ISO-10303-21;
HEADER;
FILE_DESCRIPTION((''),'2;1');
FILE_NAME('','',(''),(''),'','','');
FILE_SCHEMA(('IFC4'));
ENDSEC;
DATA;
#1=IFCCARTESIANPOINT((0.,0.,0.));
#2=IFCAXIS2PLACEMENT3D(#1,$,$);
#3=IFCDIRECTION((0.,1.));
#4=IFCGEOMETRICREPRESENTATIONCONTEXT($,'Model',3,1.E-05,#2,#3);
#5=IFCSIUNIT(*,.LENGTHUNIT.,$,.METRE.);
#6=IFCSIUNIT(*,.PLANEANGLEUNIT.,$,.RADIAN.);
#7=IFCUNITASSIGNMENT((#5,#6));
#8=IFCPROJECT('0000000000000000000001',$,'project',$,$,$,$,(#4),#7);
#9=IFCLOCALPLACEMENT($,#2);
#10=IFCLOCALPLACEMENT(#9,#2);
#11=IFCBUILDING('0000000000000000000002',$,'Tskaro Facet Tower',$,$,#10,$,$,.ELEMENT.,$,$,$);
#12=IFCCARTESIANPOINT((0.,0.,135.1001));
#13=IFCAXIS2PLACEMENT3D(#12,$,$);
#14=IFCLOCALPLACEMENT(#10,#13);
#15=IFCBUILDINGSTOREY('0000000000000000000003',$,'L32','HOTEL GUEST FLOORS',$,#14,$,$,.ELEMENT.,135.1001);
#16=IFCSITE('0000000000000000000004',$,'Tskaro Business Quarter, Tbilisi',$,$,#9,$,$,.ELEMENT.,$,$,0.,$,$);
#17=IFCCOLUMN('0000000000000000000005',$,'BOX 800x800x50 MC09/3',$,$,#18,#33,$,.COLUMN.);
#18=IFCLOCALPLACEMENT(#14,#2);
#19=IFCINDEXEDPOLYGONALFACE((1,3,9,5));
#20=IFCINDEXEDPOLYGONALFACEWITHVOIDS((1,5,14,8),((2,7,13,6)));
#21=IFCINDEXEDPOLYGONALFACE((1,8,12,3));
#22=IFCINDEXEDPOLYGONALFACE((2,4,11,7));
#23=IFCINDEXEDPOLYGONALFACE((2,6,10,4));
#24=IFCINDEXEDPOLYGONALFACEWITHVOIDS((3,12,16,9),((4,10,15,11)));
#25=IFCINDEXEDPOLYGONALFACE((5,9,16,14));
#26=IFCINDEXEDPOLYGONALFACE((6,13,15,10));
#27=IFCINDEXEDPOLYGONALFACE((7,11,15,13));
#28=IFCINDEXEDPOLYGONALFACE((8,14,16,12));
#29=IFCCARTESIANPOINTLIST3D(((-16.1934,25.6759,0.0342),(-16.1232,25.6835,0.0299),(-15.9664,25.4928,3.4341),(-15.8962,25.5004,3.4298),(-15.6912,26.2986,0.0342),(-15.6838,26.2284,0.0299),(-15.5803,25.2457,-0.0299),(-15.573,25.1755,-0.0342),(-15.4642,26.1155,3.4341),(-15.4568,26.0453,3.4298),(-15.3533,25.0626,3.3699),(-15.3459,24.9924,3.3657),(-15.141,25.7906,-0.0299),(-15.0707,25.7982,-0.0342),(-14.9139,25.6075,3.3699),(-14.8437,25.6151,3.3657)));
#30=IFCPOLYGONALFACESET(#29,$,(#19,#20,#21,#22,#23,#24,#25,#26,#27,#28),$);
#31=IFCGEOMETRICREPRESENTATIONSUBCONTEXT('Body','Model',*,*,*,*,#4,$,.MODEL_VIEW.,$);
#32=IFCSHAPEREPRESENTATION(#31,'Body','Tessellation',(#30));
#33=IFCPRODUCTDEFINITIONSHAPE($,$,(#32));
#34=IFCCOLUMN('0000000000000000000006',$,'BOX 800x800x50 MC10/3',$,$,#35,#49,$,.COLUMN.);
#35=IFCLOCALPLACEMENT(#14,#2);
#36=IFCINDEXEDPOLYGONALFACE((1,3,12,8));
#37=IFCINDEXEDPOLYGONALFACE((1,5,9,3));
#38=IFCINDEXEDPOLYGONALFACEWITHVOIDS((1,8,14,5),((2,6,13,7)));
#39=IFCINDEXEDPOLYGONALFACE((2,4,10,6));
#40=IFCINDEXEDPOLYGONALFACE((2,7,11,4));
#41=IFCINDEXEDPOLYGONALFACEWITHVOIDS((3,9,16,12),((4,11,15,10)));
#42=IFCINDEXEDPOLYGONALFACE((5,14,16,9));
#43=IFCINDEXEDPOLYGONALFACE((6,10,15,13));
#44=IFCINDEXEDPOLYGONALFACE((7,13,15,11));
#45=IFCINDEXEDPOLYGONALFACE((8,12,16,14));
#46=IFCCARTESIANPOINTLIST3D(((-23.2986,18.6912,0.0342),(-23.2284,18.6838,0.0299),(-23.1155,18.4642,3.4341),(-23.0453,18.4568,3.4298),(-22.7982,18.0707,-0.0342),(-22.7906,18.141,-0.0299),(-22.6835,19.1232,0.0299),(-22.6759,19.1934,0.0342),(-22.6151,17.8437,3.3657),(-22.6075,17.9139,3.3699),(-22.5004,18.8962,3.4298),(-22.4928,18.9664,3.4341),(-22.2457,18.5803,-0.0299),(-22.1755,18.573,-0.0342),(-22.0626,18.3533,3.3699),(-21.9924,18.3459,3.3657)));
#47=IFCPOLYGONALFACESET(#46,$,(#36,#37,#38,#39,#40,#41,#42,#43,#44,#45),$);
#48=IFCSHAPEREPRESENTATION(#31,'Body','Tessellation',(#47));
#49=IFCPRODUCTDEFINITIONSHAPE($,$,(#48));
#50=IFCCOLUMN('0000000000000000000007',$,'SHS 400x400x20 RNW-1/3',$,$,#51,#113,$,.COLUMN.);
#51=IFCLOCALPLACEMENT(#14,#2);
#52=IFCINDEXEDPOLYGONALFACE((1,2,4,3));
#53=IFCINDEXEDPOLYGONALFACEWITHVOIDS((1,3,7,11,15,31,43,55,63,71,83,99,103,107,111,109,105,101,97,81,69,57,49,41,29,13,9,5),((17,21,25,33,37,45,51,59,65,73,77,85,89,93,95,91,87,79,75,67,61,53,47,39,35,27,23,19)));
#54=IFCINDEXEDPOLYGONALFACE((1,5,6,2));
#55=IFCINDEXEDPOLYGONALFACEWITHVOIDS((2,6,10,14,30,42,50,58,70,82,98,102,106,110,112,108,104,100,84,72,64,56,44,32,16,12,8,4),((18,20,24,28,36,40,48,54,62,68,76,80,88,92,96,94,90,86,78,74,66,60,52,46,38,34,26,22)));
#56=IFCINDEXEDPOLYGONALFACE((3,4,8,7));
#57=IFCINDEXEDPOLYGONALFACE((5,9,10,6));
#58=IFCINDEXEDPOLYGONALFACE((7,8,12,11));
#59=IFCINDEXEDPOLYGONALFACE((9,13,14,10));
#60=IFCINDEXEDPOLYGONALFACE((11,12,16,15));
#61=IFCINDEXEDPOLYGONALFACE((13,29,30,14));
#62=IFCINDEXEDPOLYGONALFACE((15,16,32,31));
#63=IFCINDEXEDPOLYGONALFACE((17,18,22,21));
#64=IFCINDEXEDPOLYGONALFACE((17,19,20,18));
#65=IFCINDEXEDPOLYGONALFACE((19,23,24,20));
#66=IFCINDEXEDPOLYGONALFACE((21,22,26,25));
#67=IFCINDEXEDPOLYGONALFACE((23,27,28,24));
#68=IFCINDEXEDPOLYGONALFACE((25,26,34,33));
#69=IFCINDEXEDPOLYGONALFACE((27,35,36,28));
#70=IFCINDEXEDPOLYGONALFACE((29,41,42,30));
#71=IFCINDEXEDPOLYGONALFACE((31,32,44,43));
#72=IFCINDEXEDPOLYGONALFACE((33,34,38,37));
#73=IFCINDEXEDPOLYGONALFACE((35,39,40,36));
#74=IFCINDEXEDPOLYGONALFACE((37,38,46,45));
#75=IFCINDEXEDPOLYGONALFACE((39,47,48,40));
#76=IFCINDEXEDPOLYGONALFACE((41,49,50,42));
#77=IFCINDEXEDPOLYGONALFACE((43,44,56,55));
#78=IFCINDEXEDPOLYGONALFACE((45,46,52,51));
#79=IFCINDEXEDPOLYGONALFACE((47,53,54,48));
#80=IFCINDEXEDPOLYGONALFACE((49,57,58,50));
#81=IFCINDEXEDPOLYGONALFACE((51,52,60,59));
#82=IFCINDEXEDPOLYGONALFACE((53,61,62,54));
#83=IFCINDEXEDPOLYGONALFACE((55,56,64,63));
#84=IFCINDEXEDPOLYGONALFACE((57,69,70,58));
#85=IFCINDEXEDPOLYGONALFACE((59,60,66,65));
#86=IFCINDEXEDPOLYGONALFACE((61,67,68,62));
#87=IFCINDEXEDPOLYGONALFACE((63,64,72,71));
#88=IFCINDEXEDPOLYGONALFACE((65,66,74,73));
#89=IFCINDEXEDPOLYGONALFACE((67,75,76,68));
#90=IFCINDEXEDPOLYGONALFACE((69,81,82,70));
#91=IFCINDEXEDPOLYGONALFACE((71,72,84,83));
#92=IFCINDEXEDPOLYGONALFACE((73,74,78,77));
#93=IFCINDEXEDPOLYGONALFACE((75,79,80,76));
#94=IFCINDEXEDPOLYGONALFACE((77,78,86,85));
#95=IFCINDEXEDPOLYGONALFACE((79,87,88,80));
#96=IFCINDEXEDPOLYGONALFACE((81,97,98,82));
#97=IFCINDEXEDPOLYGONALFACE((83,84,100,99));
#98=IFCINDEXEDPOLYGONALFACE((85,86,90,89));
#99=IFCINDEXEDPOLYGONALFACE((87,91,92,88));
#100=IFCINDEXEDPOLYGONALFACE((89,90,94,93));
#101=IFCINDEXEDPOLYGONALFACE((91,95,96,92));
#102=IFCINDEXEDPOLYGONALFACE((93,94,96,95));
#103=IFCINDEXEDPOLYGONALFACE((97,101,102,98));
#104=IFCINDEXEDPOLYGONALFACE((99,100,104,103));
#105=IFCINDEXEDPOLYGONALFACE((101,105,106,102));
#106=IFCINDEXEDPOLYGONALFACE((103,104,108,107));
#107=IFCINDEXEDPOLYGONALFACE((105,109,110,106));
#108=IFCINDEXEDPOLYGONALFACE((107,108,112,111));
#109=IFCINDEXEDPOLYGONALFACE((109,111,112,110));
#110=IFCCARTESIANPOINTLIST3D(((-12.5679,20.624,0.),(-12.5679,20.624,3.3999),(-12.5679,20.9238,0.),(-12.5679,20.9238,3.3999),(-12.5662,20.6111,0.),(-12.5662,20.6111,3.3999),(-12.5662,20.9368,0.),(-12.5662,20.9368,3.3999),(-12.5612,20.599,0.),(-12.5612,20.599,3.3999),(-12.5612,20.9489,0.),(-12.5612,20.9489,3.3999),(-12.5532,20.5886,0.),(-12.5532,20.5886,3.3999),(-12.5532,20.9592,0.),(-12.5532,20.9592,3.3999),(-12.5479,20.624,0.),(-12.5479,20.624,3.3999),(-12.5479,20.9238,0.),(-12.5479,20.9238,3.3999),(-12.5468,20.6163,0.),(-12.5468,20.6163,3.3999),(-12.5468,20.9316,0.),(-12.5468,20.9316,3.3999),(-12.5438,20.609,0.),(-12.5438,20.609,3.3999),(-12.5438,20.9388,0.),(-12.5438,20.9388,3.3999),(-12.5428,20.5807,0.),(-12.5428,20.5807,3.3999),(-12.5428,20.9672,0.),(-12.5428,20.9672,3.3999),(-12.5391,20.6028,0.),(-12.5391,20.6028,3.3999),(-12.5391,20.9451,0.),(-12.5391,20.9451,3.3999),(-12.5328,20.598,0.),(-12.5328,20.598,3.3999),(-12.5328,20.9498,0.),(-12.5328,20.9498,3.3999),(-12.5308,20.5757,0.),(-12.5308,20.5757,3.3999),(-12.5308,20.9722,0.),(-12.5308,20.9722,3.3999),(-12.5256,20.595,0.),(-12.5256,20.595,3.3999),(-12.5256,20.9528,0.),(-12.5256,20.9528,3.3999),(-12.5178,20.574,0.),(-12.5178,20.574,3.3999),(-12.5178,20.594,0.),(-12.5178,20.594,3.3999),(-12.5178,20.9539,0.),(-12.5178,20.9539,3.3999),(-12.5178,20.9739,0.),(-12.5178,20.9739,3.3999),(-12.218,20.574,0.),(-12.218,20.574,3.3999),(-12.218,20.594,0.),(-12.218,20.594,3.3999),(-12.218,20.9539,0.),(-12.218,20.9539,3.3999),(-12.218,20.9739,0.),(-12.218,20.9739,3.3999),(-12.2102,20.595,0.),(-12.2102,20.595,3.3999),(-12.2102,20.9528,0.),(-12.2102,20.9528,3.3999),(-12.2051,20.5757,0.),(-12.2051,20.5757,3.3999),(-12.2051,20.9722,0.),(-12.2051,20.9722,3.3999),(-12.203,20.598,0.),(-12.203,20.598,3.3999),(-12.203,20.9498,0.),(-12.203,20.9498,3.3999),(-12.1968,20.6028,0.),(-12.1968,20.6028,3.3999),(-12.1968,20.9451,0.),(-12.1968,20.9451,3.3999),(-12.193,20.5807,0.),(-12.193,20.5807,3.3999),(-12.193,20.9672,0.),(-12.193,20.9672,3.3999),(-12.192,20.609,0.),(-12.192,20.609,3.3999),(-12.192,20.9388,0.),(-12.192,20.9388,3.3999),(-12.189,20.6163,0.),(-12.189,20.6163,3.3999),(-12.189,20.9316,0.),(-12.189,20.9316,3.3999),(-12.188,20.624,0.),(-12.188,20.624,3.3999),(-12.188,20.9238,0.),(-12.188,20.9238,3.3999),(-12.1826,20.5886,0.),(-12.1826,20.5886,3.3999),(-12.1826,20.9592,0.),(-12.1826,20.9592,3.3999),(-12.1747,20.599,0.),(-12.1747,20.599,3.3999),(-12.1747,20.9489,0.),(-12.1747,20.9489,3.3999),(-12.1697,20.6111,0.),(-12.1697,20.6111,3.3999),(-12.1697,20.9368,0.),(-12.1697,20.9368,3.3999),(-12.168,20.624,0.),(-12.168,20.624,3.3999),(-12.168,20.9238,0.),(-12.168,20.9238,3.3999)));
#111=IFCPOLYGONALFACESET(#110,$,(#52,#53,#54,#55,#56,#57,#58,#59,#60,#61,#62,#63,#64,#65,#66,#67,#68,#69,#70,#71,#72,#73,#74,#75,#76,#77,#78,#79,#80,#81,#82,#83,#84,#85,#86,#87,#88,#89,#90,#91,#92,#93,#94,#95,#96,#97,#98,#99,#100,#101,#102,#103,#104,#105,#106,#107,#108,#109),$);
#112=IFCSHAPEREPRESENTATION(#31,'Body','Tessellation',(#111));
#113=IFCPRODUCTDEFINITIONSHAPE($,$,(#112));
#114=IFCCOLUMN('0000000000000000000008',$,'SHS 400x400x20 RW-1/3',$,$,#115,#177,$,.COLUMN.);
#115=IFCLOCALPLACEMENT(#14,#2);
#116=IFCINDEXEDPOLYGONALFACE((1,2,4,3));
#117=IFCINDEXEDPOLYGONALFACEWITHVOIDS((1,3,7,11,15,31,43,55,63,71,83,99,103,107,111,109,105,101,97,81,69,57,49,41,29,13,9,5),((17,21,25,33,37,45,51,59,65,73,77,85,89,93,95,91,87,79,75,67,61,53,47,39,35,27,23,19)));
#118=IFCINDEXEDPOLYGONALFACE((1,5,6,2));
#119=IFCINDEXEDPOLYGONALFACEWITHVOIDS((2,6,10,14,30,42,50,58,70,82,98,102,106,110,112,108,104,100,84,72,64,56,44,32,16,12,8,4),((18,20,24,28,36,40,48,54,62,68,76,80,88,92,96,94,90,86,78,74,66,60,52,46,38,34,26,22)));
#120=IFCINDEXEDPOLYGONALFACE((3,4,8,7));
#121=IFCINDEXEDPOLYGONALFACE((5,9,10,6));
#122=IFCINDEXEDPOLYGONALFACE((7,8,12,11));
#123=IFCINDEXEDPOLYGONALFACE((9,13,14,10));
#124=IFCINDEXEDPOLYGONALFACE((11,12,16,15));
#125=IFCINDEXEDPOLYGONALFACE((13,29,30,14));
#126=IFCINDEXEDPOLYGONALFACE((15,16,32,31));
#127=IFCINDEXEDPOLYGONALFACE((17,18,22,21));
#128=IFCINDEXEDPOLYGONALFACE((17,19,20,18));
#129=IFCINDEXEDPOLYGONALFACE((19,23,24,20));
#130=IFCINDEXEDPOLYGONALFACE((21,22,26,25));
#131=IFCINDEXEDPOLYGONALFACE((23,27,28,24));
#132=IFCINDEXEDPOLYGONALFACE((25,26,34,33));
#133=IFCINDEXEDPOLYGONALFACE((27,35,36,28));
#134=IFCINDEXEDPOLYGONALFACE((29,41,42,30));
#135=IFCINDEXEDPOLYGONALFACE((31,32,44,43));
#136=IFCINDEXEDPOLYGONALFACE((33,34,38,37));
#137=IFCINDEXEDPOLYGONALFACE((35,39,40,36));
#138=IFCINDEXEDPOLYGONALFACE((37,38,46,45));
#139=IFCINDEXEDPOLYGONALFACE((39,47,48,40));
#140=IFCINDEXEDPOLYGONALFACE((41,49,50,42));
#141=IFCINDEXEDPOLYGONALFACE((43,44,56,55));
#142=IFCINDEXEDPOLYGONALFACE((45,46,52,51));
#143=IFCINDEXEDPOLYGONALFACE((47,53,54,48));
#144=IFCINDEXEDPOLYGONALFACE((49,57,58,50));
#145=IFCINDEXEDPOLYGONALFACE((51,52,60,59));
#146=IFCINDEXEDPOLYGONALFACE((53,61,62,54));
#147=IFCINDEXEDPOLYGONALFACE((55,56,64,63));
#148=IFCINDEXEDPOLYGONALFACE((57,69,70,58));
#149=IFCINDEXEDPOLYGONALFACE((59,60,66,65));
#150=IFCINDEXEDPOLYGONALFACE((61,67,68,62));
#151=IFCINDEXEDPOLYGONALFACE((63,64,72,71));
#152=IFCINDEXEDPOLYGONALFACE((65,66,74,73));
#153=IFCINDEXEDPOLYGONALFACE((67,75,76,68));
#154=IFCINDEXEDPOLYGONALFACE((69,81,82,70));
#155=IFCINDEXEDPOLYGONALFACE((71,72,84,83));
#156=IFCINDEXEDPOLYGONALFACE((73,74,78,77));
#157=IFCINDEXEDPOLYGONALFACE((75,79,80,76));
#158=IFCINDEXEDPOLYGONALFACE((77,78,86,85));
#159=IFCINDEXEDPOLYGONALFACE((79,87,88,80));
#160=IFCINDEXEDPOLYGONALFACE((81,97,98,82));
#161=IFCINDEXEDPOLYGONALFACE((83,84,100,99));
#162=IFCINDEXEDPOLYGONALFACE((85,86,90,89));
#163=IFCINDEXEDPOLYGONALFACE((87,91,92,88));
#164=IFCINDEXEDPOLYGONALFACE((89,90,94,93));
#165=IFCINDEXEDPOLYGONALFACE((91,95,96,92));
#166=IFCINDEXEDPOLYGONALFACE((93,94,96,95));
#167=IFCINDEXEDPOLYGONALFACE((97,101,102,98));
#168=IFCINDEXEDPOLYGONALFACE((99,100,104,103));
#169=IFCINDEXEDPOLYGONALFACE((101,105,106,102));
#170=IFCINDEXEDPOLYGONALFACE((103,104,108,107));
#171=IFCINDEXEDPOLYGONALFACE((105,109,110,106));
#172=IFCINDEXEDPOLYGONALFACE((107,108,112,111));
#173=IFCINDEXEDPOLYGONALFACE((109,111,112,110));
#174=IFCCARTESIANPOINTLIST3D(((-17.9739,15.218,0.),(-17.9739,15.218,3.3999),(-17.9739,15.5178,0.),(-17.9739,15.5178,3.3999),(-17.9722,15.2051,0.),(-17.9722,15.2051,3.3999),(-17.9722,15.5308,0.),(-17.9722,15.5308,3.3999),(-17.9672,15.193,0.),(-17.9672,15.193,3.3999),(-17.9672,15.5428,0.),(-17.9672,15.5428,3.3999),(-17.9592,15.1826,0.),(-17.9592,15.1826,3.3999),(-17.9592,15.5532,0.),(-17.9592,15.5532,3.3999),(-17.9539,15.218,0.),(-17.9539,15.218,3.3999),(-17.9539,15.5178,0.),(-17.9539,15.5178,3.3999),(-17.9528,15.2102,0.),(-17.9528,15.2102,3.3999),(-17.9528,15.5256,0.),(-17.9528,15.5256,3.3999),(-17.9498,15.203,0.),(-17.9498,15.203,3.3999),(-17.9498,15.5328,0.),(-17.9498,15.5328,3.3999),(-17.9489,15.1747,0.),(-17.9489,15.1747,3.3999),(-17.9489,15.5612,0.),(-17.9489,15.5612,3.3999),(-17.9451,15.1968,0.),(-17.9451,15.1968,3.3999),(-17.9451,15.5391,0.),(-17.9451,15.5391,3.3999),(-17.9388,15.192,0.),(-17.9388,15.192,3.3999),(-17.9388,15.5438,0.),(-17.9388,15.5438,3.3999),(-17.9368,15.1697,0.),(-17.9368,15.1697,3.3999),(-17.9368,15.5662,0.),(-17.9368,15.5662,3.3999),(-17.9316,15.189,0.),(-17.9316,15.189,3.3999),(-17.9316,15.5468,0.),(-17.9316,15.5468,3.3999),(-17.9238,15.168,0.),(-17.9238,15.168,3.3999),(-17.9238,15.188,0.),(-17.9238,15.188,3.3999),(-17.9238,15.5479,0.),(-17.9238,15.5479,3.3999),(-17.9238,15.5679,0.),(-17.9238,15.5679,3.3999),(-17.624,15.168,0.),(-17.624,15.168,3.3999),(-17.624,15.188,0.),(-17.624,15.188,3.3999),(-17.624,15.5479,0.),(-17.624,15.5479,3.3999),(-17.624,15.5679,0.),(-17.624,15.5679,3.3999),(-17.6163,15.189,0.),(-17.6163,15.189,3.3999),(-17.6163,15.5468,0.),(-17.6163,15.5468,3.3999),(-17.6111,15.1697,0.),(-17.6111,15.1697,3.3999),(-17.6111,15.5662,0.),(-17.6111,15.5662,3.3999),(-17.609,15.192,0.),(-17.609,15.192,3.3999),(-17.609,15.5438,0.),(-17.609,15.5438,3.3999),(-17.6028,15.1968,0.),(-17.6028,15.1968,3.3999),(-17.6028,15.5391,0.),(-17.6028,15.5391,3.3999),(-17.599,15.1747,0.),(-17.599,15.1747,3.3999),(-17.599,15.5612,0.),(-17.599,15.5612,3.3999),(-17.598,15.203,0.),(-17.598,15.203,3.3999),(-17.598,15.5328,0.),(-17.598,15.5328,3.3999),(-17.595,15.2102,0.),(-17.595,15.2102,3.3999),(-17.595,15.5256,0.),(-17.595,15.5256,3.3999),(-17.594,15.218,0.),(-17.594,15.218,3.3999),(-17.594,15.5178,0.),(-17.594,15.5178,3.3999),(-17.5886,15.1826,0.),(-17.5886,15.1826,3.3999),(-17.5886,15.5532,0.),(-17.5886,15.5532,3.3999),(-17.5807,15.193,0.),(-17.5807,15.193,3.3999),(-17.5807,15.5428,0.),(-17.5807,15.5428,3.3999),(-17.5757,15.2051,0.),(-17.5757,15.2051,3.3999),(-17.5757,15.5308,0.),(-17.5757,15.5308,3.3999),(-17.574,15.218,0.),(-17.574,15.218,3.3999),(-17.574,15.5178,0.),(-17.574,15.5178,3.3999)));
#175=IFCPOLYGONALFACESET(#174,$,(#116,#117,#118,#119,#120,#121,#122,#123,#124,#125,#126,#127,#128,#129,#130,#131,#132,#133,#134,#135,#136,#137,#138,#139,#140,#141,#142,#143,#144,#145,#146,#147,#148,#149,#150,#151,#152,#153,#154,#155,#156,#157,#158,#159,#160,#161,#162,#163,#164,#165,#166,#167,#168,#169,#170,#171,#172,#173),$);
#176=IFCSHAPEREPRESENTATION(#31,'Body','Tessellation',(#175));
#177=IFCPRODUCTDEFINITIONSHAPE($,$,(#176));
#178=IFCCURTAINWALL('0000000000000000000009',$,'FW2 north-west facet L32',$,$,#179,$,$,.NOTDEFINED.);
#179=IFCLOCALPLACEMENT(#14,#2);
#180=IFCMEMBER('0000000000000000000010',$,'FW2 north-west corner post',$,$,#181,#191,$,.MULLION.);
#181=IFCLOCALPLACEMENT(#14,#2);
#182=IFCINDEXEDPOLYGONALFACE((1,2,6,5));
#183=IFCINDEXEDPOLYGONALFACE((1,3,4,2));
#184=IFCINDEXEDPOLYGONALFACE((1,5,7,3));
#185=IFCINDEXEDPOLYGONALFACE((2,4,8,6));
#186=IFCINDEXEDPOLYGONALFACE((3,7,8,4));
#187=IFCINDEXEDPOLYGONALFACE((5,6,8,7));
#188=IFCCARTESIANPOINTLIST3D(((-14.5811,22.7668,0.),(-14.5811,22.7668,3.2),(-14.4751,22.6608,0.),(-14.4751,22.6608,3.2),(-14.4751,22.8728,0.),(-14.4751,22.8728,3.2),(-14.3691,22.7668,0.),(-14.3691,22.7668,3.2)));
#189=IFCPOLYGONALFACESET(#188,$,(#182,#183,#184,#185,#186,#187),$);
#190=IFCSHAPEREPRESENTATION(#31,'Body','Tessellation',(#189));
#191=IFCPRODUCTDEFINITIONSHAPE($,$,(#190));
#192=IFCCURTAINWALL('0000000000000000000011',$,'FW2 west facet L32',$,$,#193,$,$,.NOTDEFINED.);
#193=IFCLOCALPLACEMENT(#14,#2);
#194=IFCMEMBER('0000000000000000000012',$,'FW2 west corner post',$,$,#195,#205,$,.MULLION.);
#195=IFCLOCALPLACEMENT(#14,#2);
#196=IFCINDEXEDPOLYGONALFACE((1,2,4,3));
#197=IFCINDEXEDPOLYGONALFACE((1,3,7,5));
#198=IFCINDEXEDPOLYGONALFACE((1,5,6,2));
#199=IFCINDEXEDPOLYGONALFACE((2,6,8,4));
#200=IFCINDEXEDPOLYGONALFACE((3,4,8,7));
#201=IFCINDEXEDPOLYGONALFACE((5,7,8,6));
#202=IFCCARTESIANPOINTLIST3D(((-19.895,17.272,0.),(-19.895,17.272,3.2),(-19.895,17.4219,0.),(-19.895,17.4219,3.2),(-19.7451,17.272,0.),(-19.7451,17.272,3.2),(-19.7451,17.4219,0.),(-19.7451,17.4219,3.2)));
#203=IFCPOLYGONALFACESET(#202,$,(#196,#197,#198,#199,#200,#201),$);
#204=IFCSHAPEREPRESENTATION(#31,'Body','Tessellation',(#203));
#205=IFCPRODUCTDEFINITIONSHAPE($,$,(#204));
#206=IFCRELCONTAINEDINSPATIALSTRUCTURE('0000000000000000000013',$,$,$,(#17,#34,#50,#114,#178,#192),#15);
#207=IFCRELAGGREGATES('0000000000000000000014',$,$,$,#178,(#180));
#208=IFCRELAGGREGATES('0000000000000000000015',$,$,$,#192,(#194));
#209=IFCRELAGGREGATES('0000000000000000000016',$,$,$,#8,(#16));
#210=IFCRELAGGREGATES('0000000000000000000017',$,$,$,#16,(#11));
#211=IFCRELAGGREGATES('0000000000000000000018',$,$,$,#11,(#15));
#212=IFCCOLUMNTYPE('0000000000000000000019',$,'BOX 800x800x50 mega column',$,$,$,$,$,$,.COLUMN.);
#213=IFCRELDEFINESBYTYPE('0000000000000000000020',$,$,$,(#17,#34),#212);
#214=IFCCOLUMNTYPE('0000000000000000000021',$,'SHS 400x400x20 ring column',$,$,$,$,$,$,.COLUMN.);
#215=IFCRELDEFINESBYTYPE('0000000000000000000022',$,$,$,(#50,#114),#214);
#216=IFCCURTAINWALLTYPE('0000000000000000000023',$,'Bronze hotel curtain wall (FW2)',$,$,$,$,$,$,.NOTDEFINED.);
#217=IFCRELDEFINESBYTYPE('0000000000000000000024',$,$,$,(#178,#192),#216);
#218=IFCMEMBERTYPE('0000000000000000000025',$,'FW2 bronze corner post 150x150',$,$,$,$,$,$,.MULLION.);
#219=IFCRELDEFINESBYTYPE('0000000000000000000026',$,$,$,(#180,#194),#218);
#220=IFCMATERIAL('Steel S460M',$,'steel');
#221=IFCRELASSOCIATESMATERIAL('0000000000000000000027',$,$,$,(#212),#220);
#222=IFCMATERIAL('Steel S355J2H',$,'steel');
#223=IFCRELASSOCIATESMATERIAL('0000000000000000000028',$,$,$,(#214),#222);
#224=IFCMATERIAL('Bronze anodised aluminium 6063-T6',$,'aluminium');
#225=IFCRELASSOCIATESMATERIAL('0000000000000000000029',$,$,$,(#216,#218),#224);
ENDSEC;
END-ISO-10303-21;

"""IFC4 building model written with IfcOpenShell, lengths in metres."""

from ifc_helpers import new_model, si_unit, direction, frame, origin, origin_2d, place, context, subcontext, project, spatial, rectangle, hollow_rectangle, extrude, material, material_profile, profile_set, type_object, element, aggregate, save


model = new_model("IFC4")

# Units and contexts
model_context = context("Model", 3, precision=1e-05, world=origin(), true_north=direction((0.0, 1.0)))
body_context = subcontext(model_context, "Body", "Model", "MODEL_VIEW")
ifc_project = project(units=[si_unit("LENGTHUNIT", "METRE"), si_unit("PLANEANGLEUNIT", "RADIAN")], contexts=[model_context])

# Site, building, storey
site_placement = place(None, origin())
site = spatial("IfcSite", under=ifc_project, at=site_placement, Name="Tskaro Business Quarter, Tbilisi", CompositionType="ELEMENT", RefElevation=0.0)
building_placement = place(site_placement, origin())
building = spatial("IfcBuilding", under=site, at=building_placement, Name="Tskaro Facet Tower", CompositionType="ELEMENT")
storey_placement = place(building_placement, frame((0.0, 0.0, 135.1001)))
storey = spatial("IfcBuildingStorey", under=building, at=storey_placement, Name="L32", Description="HOTEL GUEST FLOORS", CompositionType="ELEMENT", Elevation=135.1001)

# Columns
ifc_material_1 = material(Name="Steel S460M", Category="steel")
ifc_material_profile_1 = material_profile(ifc_material_1, hollow_rectangle(XDim=0.8, YDim=0.8, WallThickness=0.05, at=origin_2d()), Name="BOX 800x800x50")
ifc_profile_set_1 = profile_set([ifc_material_profile_1], Name="Steel S460M")
column_type_1 = type_object("IfcColumnType", Name="BOX 800x800x50 mega column", PredefinedType="COLUMN", material=ifc_profile_set_1)
for number, where, z_axis, x_axis, name in (
    (1, (-15.6321, 25.7371, 0.0), (0.066537, -0.053659, 0.99634), (0.627752, 0.778413, 0.0), "BOX 800x800x50 MC09/3"),
    (2, (-22.7371, 18.6321, 0.0), (0.053659, -0.066537, 0.99634), (0.778413, 0.627752, 0.0), "BOX 800x800x50 MC10/3"),
):
    element("IfcColumn", number, at=place(storey_placement, frame(where, z_axis=z_axis, x_axis=x_axis)), inside=storey, type_object=column_type_1, Name=name, PredefinedType="COLUMN", context=body_context, shape_type="SweptSolid", body=[
        extrude(hollow_rectangle(XDim=0.8, YDim=0.8, WallThickness=0.05, at=origin_2d()), origin(), (0.0, 0.0, 1.0), 3.4124),
    ])
ifc_material_2 = material(Name="Steel S355J2H", Category="steel")
ifc_material_profile_2 = material_profile(ifc_material_2, hollow_rectangle(XDim=0.3999, YDim=0.3999, WallThickness=0.02, InnerFilletRadius=0.03, OuterFilletRadius=0.05, at=origin_2d()), Name="SHS 400x400x20")
ifc_profile_set_2 = profile_set([ifc_material_profile_2], Name="Steel S355J2H")
column_type_2 = type_object("IfcColumnType", Name="SHS 400x400x20 ring column", PredefinedType="COLUMN", material=ifc_profile_set_2)
for number, where, z_axis, x_axis, name in (
    (3, (-12.3679, 20.7739, 0.0), (0.0, 0.0, 1.0), (1.0, 0.0, 0.0), "SHS 400x400x20 RNW-1/3"),
    (4, (-17.7739, 15.3679, 0.0), (0.0, 0.0, 1.0), (1.0, 0.0, 0.0), "SHS 400x400x20 RW-1/3"),
):
    element("IfcColumn", number, at=place(storey_placement, frame(where, z_axis=z_axis, x_axis=x_axis)), inside=storey, type_object=column_type_2, Name=name, PredefinedType="COLUMN", context=body_context, shape_type="SweptSolid", body=[
        extrude(hollow_rectangle(XDim=0.3999, YDim=0.3999, WallThickness=0.02, InnerFilletRadius=0.03, OuterFilletRadius=0.05, at=origin_2d()), origin(), (0.0, 0.0, 1.0), 3.3999),
    ])

# Curtain wall, member
ifc_material_3 = material(Name="Bronze anodised aluminium 6063-T6", Category="aluminium")
curtain_wall_type = type_object("IfcCurtainWallType", Name="Bronze hotel curtain wall (FW2)", PredefinedType="NOTDEFINED", material=ifc_material_3)
curtain_wall_1_placement = place(storey_placement, origin())
curtain_wall_1 = element("IfcCurtainWall", 5, at=curtain_wall_1_placement, inside=storey, type_object=curtain_wall_type, Name="FW2 north-west facet L32", PredefinedType="NOTDEFINED")
ifc_material_profile_3 = material_profile(ifc_material_3, rectangle(XDim=0.1499, YDim=0.1499, at=origin_2d()), Name="Corner post 150x150")
ifc_profile_set_3 = profile_set([ifc_material_profile_3], Name="Bronze anodised aluminium 6063-T6")
member_type_1 = type_object("IfcMemberType", Name="FW2 bronze corner post 150x150", PredefinedType="MULLION", material=ifc_profile_set_3)
member_1_placement = place(storey_placement, frame((-14.4751, 22.7668, 0.0), z_axis=(0.0, 0.0, 1.0), x_axis=(-0.707107, -0.707107, 0.0)))
member_1 = element("IfcMember", 6, at=member_1_placement, type_object=member_type_1, Name="FW2 north-west corner post", PredefinedType="MULLION", context=body_context, shape_type="SweptSolid", body=[
    extrude(rectangle(XDim=0.1499, YDim=0.1499, at=origin_2d()), origin(), (0.0, 0.0, 1.0), 3.2),
])

# Curtain wall, member
curtain_wall_2_placement = place(storey_placement, origin())
curtain_wall_2 = element("IfcCurtainWall", 7, at=curtain_wall_2_placement, inside=storey, type_object=curtain_wall_type, Name="FW2 west facet L32", PredefinedType="NOTDEFINED")
member_2_placement = place(storey_placement, frame((-19.8201, 17.3469, 0.0), z_axis=(0.0, 0.0, 1.0), x_axis=(0.0, -1.0, 0.0)))
member_2 = element("IfcMember", 8, at=member_2_placement, type_object=member_type_1, Name="FW2 west corner post", PredefinedType="MULLION", context=body_context, shape_type="SweptSolid", body=[
    extrude(rectangle(XDim=0.1499, YDim=0.1499, at=origin_2d()), origin(), (0.0, 0.0, 1.0), 3.2),
])

aggregate(curtain_wall_1, [member_1])
aggregate(curtain_wall_2, [member_2])

save(model, "model.ifc")
